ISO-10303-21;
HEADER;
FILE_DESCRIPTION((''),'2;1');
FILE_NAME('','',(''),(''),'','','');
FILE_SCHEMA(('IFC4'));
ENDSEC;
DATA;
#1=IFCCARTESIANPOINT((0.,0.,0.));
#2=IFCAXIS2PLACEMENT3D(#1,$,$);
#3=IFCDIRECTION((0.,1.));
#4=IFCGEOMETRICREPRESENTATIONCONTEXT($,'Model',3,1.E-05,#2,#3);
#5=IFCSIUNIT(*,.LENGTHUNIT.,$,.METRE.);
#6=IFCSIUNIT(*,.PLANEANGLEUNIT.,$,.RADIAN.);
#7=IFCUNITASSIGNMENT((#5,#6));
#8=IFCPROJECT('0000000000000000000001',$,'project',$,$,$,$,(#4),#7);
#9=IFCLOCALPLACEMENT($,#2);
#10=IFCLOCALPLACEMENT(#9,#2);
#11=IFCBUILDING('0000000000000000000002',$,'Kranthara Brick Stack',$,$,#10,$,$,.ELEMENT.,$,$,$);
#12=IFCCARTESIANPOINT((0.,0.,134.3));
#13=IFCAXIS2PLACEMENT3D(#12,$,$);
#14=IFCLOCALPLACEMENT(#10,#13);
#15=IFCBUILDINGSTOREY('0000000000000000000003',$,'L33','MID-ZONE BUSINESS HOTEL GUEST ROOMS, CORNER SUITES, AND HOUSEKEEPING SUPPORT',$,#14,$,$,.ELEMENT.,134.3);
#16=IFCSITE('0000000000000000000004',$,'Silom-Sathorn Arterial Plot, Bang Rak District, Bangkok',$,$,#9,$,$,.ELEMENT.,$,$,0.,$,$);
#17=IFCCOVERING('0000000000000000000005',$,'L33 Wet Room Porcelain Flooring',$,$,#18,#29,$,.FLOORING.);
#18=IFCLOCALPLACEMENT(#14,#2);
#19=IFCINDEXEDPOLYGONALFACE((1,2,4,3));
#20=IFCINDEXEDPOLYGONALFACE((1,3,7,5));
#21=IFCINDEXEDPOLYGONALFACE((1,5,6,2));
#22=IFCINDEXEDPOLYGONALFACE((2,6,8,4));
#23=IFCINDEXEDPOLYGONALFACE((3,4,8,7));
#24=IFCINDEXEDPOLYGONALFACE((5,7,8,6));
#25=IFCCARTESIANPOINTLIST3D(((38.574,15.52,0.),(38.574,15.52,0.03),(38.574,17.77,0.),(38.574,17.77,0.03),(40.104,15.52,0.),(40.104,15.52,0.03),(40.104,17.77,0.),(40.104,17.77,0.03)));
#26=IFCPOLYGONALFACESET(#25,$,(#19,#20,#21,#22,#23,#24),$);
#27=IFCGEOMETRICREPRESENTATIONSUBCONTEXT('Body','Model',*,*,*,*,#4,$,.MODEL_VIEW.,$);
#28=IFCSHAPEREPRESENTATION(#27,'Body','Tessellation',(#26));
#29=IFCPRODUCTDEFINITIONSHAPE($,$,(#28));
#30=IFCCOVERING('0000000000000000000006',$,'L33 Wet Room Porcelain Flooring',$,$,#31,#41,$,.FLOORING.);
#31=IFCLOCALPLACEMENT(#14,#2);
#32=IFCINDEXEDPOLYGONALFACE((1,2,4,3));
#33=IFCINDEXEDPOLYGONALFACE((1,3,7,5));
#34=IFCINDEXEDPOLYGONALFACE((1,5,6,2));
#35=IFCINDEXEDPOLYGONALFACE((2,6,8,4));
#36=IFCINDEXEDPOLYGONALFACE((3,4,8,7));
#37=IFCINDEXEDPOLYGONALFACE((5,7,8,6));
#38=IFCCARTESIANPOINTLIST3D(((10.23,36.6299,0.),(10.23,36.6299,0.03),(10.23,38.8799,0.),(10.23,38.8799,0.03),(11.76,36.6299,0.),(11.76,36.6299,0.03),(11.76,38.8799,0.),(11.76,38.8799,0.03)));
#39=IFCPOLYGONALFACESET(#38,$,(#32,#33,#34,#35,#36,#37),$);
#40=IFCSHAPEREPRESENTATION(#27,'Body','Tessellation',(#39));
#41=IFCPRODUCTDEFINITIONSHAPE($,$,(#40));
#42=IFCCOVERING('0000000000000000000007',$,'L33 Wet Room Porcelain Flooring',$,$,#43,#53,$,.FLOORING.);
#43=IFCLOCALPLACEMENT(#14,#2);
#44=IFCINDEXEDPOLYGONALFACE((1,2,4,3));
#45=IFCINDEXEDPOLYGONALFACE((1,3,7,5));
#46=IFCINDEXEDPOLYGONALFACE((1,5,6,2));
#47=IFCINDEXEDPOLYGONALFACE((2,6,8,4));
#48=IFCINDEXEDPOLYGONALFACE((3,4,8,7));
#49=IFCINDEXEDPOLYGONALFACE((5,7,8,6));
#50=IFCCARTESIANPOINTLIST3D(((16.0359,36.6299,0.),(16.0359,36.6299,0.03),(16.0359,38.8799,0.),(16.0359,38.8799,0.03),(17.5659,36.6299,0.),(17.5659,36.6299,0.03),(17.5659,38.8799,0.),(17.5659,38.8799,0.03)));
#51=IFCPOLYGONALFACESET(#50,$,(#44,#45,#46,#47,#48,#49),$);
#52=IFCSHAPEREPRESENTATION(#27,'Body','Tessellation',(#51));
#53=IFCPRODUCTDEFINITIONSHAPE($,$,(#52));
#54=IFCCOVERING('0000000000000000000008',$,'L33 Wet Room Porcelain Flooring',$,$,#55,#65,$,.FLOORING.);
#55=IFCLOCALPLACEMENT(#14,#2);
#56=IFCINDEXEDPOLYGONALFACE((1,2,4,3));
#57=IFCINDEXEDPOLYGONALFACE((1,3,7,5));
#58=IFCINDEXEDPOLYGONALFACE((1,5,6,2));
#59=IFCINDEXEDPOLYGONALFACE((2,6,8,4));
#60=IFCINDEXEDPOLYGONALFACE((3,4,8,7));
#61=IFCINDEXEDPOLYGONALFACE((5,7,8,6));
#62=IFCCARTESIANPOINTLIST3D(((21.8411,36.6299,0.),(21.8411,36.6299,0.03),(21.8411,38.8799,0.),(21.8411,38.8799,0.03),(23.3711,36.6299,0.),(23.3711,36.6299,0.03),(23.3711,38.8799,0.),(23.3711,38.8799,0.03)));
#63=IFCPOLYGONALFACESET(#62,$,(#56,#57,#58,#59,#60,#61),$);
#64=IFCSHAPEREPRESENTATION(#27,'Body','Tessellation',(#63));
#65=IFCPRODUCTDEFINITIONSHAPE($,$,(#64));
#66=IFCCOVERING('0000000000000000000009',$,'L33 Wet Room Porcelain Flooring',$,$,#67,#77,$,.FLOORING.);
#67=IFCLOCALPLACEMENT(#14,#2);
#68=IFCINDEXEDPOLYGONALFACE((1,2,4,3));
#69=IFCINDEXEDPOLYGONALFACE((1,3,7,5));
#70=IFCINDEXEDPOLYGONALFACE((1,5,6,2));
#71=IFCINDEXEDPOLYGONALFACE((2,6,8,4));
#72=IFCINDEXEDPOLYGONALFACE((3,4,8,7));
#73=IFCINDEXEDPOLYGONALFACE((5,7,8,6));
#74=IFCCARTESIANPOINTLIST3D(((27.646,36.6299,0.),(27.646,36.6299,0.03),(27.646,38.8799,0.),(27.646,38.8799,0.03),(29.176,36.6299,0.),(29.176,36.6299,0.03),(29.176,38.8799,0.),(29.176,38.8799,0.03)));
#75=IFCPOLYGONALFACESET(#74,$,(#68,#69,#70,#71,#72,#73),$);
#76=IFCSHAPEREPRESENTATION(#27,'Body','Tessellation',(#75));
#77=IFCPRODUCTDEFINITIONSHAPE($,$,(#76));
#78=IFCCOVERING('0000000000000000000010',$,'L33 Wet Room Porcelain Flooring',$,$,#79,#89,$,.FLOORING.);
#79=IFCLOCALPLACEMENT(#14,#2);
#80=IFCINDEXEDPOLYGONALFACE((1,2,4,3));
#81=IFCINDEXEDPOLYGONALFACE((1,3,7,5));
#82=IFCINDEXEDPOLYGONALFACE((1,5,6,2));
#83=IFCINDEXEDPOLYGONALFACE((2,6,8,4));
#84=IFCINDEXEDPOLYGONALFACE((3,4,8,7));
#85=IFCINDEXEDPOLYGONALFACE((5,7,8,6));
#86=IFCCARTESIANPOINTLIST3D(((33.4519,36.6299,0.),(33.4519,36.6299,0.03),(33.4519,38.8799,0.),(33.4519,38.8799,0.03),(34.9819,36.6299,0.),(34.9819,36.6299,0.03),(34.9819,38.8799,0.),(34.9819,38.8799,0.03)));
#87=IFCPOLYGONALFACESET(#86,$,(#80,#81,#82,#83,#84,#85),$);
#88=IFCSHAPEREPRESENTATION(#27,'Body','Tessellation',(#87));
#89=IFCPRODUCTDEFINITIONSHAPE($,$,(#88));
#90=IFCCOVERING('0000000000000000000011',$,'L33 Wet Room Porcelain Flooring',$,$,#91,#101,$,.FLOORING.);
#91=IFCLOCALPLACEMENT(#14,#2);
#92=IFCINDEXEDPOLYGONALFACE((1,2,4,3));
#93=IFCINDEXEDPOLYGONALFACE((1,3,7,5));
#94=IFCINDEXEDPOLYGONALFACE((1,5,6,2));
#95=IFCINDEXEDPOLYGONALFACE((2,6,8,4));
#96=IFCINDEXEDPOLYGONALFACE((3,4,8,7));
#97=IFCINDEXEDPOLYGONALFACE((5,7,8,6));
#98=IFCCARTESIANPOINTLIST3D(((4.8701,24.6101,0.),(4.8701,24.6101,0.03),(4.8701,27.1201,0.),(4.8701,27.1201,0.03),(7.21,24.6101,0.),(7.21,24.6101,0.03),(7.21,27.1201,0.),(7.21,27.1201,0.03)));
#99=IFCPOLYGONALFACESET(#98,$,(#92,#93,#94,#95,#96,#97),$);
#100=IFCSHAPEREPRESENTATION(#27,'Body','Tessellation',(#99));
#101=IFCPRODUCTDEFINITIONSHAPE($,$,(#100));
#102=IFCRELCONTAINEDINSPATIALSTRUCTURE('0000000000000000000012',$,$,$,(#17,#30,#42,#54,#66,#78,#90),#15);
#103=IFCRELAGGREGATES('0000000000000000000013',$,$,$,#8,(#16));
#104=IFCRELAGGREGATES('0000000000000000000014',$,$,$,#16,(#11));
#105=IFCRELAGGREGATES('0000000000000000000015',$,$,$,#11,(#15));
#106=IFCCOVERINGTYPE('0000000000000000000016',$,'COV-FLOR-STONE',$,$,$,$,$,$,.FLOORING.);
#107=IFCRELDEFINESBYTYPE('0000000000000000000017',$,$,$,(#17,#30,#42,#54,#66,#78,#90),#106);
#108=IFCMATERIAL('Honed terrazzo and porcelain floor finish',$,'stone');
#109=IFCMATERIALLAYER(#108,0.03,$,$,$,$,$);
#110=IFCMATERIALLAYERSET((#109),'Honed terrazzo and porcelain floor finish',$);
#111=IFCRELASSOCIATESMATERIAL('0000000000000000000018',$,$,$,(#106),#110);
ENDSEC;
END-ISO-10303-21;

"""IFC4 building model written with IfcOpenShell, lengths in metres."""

from ifc_helpers import new_model, si_unit, direction, frame, origin, place, context, subcontext, project, spatial, polyline, outline, extrude, material, layer, layer_set, type_object, element, save


model = new_model("IFC4")

# Units and contexts
model_context = context("Model", 3, precision=1e-05, world=origin(), true_north=direction((0.0, 1.0)))
body_context = subcontext(model_context, "Body", "Model", "MODEL_VIEW")
ifc_project = project(units=[si_unit("LENGTHUNIT", "METRE"), si_unit("PLANEANGLEUNIT", "RADIAN")], contexts=[model_context])

# Site, building, storey
site_placement = place(None, origin())
site = spatial("IfcSite", under=ifc_project, at=site_placement, Name="Silom-Sathorn Arterial Plot, Bang Rak District, Bangkok", CompositionType="ELEMENT", RefElevation=0.0)
building_placement = place(site_placement, origin())
building = spatial("IfcBuilding", under=site, at=building_placement, Name="Kranthara Brick Stack", CompositionType="ELEMENT")
storey_placement = place(building_placement, frame((0.0, 0.0, 134.3)))
storey = spatial("IfcBuildingStorey", under=building, at=storey_placement, Name="L33", Description="MID-ZONE BUSINESS HOTEL GUEST ROOMS, CORNER SUITES, AND HOUSEKEEPING SUPPORT", CompositionType="ELEMENT", Elevation=134.3)

# Coverings
ifc_material_1 = material(Name="Honed terrazzo and porcelain floor finish", Category="stone")
ifc_layer_1 = layer(ifc_material_1, 0.03)
ifc_layer_set_1 = layer_set([ifc_layer_1], Name="Honed terrazzo and porcelain floor finish")
covering_type_1 = type_object("IfcCoveringType", Name="COV-FLOR-STONE", PredefinedType="FLOORING", material=ifc_layer_set_1)
covering_1_placement = place(storey_placement, origin())
element("IfcCovering", 1, at=covering_1_placement, inside=storey, type_object=covering_type_1, Name="L33 Wet Room Porcelain Flooring", PredefinedType="FLOORING", context=body_context, shape_type="SweptSolid", body=[
    extrude(outline(polyline([(38.574, 15.52), (38.574, 17.77), (40.104, 17.77), (40.104, 15.52), (38.574, 15.52)])), origin(), (0.0, 0.0, 1.0), 0.03),
])
covering_2_placement = place(storey_placement, origin())
element("IfcCovering", 2, at=covering_2_placement, inside=storey, type_object=covering_type_1, Name="L33 Wet Room Porcelain Flooring", PredefinedType="FLOORING", context=body_context, shape_type="SweptSolid", body=[
    extrude(outline(polyline([(10.23, 36.6299), (10.23, 38.8799), (11.76, 38.8799), (11.76, 36.6299), (10.23, 36.6299)])), origin(), (0.0, 0.0, 1.0), 0.03),
])
covering_3_placement = place(storey_placement, origin())
element("IfcCovering", 3, at=covering_3_placement, inside=storey, type_object=covering_type_1, Name="L33 Wet Room Porcelain Flooring", PredefinedType="FLOORING", context=body_context, shape_type="SweptSolid", body=[
    extrude(outline(polyline([(16.0359, 36.6299), (16.0359, 38.8799), (17.5659, 38.8799), (17.5659, 36.6299), (16.0359, 36.6299)])), origin(), (0.0, 0.0, 1.0), 0.03),
])
covering_4_placement = place(storey_placement, origin())
element("IfcCovering", 4, at=covering_4_placement, inside=storey, type_object=covering_type_1, Name="L33 Wet Room Porcelain Flooring", PredefinedType="FLOORING", context=body_context, shape_type="SweptSolid", body=[
    extrude(outline(polyline([(21.8411, 36.6299), (21.8411, 38.8799), (23.3711, 38.8799), (23.3711, 36.6299), (21.8411, 36.6299)])), origin(), (0.0, 0.0, 1.0), 0.03),
])
covering_5_placement = place(storey_placement, origin())
element("IfcCovering", 5, at=covering_5_placement, inside=storey, type_object=covering_type_1, Name="L33 Wet Room Porcelain Flooring", PredefinedType="FLOORING", context=body_context, shape_type="SweptSolid", body=[
    extrude(outline(polyline([(27.646, 36.6299), (27.646, 38.8799), (29.176, 38.8799), (29.176, 36.6299), (27.646, 36.6299)])), origin(), (0.0, 0.0, 1.0), 0.03),
])
covering_6_placement = place(storey_placement, origin())
element("IfcCovering", 6, at=covering_6_placement, inside=storey, type_object=covering_type_1, Name="L33 Wet Room Porcelain Flooring", PredefinedType="FLOORING", context=body_context, shape_type="SweptSolid", body=[
    extrude(outline(polyline([(33.4519, 36.6299), (33.4519, 38.8799), (34.9819, 38.8799), (34.9819, 36.6299), (33.4519, 36.6299)])), origin(), (0.0, 0.0, 1.0), 0.03),
])
covering_7_placement = place(storey_placement, origin())
element("IfcCovering", 7, at=covering_7_placement, inside=storey, type_object=covering_type_1, Name="L33 Wet Room Porcelain Flooring", PredefinedType="FLOORING", context=body_context, shape_type="SweptSolid", body=[
    extrude(outline(polyline([(4.8701, 24.6101), (4.8701, 27.1201), (7.21, 27.1201), (7.21, 24.6101), (4.8701, 24.6101)])), origin(), (0.0, 0.0, 1.0), 0.03),
])

save(model, "model.ifc")
